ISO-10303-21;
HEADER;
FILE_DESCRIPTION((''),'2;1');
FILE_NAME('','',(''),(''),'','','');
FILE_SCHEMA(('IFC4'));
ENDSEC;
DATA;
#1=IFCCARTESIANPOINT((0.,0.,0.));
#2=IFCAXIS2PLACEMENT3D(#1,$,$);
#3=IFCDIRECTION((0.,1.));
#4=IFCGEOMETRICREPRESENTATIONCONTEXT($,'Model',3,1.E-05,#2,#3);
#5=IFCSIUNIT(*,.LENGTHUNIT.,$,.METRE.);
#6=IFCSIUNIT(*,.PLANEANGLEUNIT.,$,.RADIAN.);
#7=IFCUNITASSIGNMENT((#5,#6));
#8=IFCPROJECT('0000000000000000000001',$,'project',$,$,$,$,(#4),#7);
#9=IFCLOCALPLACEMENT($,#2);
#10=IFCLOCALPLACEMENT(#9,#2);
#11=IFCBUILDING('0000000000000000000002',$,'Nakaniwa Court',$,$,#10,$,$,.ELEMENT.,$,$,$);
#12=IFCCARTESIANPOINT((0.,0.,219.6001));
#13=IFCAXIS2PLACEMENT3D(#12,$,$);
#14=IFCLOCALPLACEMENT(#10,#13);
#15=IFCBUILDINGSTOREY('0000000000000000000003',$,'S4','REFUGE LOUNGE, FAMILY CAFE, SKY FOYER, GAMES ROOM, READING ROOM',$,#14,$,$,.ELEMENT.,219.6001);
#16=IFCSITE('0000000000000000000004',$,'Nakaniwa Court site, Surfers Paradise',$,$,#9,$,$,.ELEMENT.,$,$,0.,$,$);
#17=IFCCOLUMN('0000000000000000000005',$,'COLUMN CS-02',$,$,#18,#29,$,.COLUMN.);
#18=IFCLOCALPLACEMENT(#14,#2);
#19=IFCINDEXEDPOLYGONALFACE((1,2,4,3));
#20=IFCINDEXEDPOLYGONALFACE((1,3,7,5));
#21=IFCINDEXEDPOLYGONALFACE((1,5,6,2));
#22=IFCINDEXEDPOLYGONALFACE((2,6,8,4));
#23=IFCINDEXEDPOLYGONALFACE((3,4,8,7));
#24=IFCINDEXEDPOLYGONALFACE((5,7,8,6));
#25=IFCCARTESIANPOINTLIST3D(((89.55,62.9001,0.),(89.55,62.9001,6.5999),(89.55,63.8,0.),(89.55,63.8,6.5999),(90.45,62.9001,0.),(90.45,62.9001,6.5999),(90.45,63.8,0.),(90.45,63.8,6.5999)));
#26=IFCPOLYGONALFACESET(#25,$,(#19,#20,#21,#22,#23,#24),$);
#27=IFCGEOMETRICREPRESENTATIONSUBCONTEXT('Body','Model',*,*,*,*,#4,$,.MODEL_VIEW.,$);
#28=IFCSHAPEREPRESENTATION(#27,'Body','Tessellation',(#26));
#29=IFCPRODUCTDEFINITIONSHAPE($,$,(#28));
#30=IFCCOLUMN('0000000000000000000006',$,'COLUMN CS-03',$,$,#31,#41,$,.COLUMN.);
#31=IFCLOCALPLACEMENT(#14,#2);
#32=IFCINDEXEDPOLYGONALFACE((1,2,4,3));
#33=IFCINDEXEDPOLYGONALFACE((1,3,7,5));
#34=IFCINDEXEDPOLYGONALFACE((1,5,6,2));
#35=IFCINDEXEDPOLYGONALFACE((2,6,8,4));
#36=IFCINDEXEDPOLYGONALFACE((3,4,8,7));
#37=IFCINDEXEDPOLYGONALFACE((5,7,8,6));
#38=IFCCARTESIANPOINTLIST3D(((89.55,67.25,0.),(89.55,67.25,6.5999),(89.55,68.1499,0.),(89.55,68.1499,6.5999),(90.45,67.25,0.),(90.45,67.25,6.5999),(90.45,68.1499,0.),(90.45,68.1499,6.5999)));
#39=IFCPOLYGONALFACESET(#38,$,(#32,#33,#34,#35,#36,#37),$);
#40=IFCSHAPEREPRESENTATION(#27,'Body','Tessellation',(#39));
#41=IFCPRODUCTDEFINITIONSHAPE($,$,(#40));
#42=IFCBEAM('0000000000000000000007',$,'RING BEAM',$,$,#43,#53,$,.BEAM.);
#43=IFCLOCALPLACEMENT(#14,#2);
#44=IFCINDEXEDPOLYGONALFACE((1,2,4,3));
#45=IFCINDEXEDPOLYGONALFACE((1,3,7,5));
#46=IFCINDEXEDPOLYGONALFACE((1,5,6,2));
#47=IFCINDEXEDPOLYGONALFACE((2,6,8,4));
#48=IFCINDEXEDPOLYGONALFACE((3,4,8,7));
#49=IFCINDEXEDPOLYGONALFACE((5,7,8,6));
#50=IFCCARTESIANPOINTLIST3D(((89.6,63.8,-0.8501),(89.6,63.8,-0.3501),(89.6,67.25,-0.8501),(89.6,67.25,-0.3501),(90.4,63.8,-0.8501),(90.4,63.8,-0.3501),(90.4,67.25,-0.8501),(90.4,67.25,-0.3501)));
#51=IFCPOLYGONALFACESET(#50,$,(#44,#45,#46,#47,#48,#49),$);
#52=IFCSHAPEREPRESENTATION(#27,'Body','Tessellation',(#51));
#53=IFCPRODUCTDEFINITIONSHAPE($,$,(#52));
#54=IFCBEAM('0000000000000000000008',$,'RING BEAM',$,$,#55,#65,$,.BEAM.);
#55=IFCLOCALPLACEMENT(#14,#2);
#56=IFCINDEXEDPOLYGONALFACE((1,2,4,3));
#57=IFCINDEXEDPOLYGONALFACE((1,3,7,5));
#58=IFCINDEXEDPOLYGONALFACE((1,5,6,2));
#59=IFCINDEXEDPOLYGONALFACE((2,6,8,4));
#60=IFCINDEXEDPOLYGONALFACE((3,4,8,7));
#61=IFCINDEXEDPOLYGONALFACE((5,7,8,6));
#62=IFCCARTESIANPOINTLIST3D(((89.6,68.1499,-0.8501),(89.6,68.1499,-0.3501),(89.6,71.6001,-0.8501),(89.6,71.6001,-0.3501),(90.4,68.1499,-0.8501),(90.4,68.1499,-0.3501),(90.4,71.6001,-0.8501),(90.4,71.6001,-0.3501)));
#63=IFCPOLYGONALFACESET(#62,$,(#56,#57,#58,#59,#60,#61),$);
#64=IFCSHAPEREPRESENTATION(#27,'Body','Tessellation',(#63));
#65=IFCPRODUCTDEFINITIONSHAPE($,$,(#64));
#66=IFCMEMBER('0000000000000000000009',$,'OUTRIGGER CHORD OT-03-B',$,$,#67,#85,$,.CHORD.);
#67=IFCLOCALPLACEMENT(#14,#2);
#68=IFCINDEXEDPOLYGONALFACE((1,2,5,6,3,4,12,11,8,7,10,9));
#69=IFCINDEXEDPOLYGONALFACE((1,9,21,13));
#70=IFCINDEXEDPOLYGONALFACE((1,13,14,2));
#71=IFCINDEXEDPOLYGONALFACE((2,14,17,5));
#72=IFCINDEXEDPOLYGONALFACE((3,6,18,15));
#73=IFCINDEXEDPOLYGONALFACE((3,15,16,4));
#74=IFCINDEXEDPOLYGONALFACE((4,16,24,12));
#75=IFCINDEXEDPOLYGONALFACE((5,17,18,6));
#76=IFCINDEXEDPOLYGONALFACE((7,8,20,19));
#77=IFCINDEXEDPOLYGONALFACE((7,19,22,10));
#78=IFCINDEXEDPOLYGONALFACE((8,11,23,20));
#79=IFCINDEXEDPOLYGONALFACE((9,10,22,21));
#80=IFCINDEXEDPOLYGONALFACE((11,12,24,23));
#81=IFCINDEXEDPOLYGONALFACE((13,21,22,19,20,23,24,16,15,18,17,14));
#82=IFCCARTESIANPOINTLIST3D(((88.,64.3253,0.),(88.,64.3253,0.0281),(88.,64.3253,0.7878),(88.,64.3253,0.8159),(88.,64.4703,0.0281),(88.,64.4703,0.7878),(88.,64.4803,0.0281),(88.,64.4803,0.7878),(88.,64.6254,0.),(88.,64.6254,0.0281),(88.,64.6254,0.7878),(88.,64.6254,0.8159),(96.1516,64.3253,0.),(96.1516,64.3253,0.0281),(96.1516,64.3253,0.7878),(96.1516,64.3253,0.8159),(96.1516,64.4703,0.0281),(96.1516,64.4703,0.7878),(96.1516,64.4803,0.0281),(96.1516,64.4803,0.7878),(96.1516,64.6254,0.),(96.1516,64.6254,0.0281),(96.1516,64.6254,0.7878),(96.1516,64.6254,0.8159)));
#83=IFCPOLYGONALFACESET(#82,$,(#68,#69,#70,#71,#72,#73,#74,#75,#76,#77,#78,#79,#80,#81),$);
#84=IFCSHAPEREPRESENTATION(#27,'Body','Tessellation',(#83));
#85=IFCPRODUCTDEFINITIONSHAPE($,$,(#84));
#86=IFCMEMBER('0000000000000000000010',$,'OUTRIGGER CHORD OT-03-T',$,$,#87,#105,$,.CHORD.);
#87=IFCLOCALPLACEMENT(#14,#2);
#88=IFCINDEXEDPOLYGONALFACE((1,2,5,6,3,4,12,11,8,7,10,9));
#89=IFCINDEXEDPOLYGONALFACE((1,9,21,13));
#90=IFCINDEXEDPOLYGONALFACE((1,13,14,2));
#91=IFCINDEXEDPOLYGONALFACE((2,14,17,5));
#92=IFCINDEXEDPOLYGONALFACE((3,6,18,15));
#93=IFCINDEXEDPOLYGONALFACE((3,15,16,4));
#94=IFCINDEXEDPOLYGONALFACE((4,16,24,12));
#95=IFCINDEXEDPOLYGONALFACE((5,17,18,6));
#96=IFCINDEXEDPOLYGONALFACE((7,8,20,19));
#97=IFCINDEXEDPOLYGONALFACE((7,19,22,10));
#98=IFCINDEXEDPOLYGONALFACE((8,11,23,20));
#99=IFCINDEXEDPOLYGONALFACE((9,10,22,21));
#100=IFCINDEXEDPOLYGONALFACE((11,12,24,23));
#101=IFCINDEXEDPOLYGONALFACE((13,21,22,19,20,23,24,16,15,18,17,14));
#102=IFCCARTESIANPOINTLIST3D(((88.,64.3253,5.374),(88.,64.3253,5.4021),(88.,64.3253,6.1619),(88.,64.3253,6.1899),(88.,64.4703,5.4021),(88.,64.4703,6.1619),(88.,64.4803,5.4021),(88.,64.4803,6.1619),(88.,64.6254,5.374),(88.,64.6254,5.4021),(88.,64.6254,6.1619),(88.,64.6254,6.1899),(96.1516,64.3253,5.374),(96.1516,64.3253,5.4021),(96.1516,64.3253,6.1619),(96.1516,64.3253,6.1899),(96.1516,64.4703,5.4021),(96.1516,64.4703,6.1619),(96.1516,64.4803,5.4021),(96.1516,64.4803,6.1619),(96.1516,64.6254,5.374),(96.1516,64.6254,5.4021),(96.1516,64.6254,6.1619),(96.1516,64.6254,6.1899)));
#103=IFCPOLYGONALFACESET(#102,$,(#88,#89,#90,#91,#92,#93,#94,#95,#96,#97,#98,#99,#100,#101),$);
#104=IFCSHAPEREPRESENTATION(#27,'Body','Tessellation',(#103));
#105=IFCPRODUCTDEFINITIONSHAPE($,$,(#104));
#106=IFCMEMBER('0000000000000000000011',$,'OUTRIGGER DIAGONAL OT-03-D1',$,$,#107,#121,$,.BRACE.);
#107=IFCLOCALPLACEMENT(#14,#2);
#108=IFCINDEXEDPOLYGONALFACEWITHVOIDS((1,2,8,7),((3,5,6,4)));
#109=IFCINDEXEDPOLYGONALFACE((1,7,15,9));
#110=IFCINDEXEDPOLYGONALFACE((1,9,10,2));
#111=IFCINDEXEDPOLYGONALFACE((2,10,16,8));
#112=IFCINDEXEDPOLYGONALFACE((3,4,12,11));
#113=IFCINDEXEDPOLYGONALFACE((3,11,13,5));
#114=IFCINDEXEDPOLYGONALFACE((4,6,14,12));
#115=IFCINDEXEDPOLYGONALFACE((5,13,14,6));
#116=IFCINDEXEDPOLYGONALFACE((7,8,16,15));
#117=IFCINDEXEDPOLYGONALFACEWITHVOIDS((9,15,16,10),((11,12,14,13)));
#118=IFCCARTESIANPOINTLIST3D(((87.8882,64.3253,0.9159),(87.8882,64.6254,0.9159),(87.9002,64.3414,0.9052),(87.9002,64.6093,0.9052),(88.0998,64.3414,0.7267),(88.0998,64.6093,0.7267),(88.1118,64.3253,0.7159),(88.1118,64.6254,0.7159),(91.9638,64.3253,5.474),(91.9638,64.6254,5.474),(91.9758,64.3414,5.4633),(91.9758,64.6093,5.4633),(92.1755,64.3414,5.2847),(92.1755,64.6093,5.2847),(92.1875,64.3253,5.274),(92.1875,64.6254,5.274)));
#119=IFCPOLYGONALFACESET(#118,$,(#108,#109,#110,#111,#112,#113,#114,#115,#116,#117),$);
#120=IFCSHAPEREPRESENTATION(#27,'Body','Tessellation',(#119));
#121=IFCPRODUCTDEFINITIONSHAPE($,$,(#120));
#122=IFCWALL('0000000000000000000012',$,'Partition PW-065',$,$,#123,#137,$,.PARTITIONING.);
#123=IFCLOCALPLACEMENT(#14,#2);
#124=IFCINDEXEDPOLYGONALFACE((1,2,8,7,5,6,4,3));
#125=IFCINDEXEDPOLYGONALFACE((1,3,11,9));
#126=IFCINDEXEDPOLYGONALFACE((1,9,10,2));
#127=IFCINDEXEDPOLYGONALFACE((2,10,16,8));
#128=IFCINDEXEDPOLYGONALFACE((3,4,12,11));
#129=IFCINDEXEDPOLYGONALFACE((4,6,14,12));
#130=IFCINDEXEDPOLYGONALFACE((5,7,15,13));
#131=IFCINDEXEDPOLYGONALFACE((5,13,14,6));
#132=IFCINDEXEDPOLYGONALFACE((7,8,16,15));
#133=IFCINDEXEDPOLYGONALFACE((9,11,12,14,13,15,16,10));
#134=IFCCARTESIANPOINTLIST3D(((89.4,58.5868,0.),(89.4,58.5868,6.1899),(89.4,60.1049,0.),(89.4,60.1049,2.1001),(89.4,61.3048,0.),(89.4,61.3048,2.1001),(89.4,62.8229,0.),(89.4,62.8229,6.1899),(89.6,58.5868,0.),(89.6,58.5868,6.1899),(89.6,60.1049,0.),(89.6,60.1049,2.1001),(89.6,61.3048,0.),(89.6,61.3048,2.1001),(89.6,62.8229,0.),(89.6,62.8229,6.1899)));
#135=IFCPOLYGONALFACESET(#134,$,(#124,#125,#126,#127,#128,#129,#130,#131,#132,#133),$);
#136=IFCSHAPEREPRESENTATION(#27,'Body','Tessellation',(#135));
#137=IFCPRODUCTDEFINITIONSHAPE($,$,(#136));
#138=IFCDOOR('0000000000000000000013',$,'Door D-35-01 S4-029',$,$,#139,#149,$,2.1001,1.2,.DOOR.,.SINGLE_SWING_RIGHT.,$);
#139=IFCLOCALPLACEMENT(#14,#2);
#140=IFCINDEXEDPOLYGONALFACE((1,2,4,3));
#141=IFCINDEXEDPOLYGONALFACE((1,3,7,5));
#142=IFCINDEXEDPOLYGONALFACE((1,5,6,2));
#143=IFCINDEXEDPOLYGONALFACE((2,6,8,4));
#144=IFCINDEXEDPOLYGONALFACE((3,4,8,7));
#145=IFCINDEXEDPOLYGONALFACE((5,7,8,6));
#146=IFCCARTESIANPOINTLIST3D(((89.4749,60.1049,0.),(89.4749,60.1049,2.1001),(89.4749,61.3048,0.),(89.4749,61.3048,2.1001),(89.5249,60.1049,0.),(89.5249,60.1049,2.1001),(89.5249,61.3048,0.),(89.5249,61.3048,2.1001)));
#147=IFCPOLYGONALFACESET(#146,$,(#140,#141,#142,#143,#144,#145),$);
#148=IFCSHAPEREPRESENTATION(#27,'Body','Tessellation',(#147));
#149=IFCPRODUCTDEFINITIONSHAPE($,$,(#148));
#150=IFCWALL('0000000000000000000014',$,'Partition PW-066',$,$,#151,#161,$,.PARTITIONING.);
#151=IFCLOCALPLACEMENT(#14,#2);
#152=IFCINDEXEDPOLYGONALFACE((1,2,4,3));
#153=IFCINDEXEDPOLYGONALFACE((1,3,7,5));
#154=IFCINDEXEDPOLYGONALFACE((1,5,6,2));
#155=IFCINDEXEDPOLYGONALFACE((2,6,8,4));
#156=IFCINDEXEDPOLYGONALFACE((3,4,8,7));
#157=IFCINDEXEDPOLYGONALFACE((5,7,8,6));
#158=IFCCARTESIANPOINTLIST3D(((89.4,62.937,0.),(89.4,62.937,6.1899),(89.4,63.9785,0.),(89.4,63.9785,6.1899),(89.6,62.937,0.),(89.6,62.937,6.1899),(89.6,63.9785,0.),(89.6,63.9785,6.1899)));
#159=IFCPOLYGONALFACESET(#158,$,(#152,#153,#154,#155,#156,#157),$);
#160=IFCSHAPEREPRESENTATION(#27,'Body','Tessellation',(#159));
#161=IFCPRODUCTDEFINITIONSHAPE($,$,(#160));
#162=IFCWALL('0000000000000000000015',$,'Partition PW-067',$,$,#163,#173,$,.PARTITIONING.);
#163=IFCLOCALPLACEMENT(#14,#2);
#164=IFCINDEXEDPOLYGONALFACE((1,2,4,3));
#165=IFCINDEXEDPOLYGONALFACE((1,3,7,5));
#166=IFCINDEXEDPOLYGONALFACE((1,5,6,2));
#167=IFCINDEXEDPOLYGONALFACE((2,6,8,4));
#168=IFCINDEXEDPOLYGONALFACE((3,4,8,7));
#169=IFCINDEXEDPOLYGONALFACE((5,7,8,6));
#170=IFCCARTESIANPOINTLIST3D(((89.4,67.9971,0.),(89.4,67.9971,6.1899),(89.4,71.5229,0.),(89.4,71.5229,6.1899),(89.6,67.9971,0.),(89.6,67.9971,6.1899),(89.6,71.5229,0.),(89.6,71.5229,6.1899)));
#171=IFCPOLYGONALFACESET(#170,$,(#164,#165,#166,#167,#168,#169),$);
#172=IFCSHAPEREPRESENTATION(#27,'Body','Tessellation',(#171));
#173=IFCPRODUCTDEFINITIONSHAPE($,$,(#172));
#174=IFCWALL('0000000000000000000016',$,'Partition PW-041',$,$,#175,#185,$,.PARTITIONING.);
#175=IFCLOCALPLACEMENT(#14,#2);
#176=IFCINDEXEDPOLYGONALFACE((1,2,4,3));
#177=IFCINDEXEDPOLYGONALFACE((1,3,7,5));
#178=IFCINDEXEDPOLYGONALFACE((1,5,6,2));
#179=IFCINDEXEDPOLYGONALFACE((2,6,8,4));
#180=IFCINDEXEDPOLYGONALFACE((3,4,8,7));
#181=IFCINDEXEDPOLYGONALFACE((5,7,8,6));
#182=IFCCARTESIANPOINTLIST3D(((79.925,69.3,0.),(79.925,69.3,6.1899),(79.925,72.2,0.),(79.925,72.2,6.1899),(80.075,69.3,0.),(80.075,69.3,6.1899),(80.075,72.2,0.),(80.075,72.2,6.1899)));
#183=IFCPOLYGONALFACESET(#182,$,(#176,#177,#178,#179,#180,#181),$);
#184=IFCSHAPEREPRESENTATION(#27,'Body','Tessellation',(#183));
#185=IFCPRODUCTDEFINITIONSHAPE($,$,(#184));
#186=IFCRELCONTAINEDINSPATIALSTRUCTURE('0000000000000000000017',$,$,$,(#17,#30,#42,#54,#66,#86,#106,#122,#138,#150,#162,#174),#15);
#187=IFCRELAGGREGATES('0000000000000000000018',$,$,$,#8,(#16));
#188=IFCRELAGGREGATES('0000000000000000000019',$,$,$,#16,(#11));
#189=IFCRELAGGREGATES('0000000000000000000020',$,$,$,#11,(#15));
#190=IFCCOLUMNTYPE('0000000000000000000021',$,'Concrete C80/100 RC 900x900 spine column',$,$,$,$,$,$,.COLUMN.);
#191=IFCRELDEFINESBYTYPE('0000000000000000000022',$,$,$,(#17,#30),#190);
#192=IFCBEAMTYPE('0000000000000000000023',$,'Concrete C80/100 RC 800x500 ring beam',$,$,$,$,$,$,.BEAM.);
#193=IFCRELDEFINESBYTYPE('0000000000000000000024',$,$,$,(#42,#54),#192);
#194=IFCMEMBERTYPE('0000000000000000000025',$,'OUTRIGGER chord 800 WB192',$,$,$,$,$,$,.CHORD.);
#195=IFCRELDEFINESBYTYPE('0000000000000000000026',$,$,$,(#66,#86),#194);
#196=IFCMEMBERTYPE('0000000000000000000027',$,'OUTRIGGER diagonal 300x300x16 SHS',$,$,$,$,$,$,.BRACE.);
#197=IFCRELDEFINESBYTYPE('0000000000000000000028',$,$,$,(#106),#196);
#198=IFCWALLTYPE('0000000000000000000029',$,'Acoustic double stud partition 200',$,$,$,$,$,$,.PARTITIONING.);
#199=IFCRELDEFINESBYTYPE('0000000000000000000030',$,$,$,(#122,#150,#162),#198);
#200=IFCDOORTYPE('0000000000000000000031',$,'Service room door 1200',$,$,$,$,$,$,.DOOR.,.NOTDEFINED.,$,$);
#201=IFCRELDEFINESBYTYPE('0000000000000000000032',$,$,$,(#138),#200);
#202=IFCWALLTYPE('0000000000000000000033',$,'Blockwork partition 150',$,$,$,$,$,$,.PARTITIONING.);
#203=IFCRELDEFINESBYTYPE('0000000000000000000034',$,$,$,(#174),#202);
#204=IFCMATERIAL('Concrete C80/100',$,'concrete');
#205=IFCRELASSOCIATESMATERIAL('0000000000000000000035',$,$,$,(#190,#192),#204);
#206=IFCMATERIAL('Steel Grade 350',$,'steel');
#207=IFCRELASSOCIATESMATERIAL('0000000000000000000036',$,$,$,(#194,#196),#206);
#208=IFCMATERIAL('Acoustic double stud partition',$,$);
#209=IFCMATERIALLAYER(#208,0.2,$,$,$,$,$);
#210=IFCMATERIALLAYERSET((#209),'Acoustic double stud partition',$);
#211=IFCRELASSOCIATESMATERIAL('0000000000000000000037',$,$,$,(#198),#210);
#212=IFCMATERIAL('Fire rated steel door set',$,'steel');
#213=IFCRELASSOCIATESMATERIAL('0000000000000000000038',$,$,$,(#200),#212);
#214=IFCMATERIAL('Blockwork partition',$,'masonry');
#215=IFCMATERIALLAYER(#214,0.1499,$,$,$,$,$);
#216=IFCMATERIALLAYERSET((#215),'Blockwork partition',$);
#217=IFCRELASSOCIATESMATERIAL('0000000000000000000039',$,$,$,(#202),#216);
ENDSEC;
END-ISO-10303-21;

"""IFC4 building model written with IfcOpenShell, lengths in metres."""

from ifc_helpers import new_model, si_unit, direction, frame, frame_2d, origin, origin_2d, place, context, subcontext, project, spatial, rectangle, hollow_rectangle, i_section, extrude, material, layer, layer_set, material_profile, profile_set, type_object, element, fill, save


model = new_model("IFC4")

# Units and contexts
model_context = context("Model", 3, precision=1e-05, world=origin(), true_north=direction((0.0, 1.0)))
body_context = subcontext(model_context, "Body", "Model", "MODEL_VIEW")
ifc_project = project(units=[si_unit("LENGTHUNIT", "METRE"), si_unit("PLANEANGLEUNIT", "RADIAN")], contexts=[model_context])

# Site, building, storey
site_placement = place(None, origin())
site = spatial("IfcSite", under=ifc_project, at=site_placement, Name="Nakaniwa Court site, Surfers Paradise", CompositionType="ELEMENT", RefElevation=0.0)
building_placement = place(site_placement, origin())
building = spatial("IfcBuilding", under=site, at=building_placement, Name="Nakaniwa Court", CompositionType="ELEMENT")
storey_placement = place(building_placement, frame((0.0, 0.0, 219.6001)))
storey = spatial("IfcBuildingStorey", under=building, at=storey_placement, Name="S4", Description="REFUGE LOUNGE, FAMILY CAFE, SKY FOYER, GAMES ROOM, READING ROOM", CompositionType="ELEMENT", Elevation=219.6001)

# Columns
ifc_material_1 = material(Name="Concrete C80/100", Category="concrete")
ifc_material_profile_1 = material_profile(ifc_material_1, rectangle(XDim=0.8999, YDim=0.8999, at=origin_2d()), Name="Concrete C80/100 RC 900x900 spine column")
ifc_profile_set_1 = profile_set([ifc_material_profile_1], Name="Concrete C80/100")
column_type = type_object("IfcColumnType", Name="Concrete C80/100 RC 900x900 spine column", PredefinedType="COLUMN", material=ifc_profile_set_1)
for number, where, z_axis, x_axis, name in (
    (1, (90.0, 63.3501, 0.0), (0.0, 0.0, 1.0), (0.0, 1.0, 0.0), "COLUMN CS-02"),
    (2, (90.0, 67.7, 0.0), (0.0, 0.0, 1.0), (0.0, 1.0, 0.0), "COLUMN CS-03"),
):
    element("IfcColumn", number, at=place(storey_placement, frame(where, z_axis=z_axis, x_axis=x_axis)), inside=storey, type_object=column_type, Name=name, PredefinedType="COLUMN", context=body_context, shape_type="SweptSolid", body=[
        extrude(rectangle(XDim=0.8999, YDim=0.8999, at=origin_2d()), origin(), (0.0, 0.0, 1.0), 6.5999),
    ])

# Beams
ifc_material_profile_2 = material_profile(ifc_material_1, rectangle(XDim=0.8, YDim=0.5, at=origin_2d()), Name="Concrete C80/100 RC 800x500 ring beam")
ifc_profile_set_2 = profile_set([ifc_material_profile_2], Name="Concrete C80/100")
beam_type = type_object("IfcBeamType", Name="Concrete C80/100 RC 800x500 ring beam", PredefinedType="BEAM", material=ifc_profile_set_2)
beam_1_placement = place(storey_placement, frame((90.0, 63.8, -0.6001), z_axis=(0.0, 1.0, 0.0), x_axis=(-1.0, 0.0, 0.0)))
element("IfcBeam", 3, at=beam_1_placement, inside=storey, type_object=beam_type, Name="RING BEAM", PredefinedType="BEAM", context=body_context, shape_type="SweptSolid", body=[
    extrude(rectangle(XDim=0.8, YDim=0.5, at=origin_2d()), origin(), (0.0, 0.0, 1.0), 3.45),
])
beam_2_placement = place(storey_placement, frame((90.0, 68.1499, -0.6001), z_axis=(0.0, 1.0, 0.0), x_axis=(-1.0, 0.0, 0.0)))
element("IfcBeam", 4, at=beam_2_placement, inside=storey, type_object=beam_type, Name="RING BEAM", PredefinedType="BEAM", context=body_context, shape_type="SweptSolid", body=[
    extrude(rectangle(XDim=0.8, YDim=0.5, at=origin_2d()), origin(), (0.0, 0.0, 1.0), 3.4502),
])

# Members
ifc_material_2 = material(Name="Steel Grade 350", Category="steel")
ifc_material_profile_3 = material_profile(ifc_material_2, i_section(OverallWidth=0.3, OverallDepth=0.8159, WebThickness=0.01, FlangeThickness=0.0281, at=origin_2d()), Name="800WB192")
ifc_profile_set_3 = profile_set([ifc_material_profile_3], Name="Steel Grade 350")
member_type_1 = type_object("IfcMemberType", Name="OUTRIGGER chord 800 WB192", PredefinedType="CHORD", material=ifc_profile_set_3)
for number, where, z_axis, x_axis, name in (
    (5, (88.0, 64.4753, 0.408), (1.0, 0.0, 0.0), (0.0, 1.0, 0.0), "OUTRIGGER CHORD OT-03-B"),
    (6, (88.0, 64.4753, 5.782), (1.0, 0.0, 0.0), (0.0, 1.0, 0.0), "OUTRIGGER CHORD OT-03-T"),
):
    element("IfcMember", number, at=place(storey_placement, frame(where, z_axis=z_axis, x_axis=x_axis)), inside=storey, type_object=member_type_1, Name=name, PredefinedType="CHORD", context=body_context, shape_type="SweptSolid", body=[
        extrude(i_section(OverallWidth=0.3, OverallDepth=0.8159, WebThickness=0.01, FlangeThickness=0.0281, at=origin_2d()), origin(), (0.0, 0.0, 1.0), 8.1516),
    ])
ifc_material_profile_4 = material_profile(ifc_material_2, hollow_rectangle(XDim=0.3, YDim=0.3, WallThickness=0.0161, at=origin_2d()), Name="OUTRIGGER diagonal 300x300x16 SHS")
ifc_profile_set_4 = profile_set([ifc_material_profile_4], Name="Steel Grade 350")
member_type_2 = type_object("IfcMemberType", Name="OUTRIGGER diagonal 300x300x16 SHS", PredefinedType="BRACE", material=ifc_profile_set_4)
member_placement = place(storey_placement, frame((88.0, 64.4753, 0.8159), z_axis=(0.666557, 0.0, 0.745454), x_axis=(0.0, 1.0, 0.0)))
element("IfcMember", 7, at=member_placement, inside=storey, type_object=member_type_2, Name="OUTRIGGER DIAGONAL OT-03-D1", PredefinedType="BRACE", context=body_context, shape_type="SweptSolid", body=[
    extrude(hollow_rectangle(XDim=0.3, YDim=0.3, WallThickness=0.0161, at=origin_2d()), origin(), (0.0, 0.0, 1.0), 6.1145),
])

# Wall, opening, door
ifc_material_3 = material(Name="Acoustic double stud partition")
ifc_layer_1 = layer(ifc_material_3, 0.2)
ifc_layer_set_1 = layer_set([ifc_layer_1], Name="Acoustic double stud partition")
wall_type_1 = type_object("IfcWallType", Name="Acoustic double stud partition 200", PredefinedType="PARTITIONING", material=ifc_layer_set_1)
wall_1_placement = place(storey_placement, frame((89.5, 62.823, 0.0), z_axis=(0.0, 0.0, 1.0), x_axis=(0.0, -1.0, 0.0)))
wall_1 = element("IfcWall", 8, at=wall_1_placement, inside=storey, type_object=wall_type_1, Name="Partition PW-065", PredefinedType="PARTITIONING", context=body_context, shape_type="SweptSolid", body=[
    extrude(rectangle(XDim=4.2361, YDim=0.2, at=frame_2d((2.1182, 0.0))), origin(), (0.0, 0.0, 1.0), 6.1899),
])
opening_1_placement = place(wall_1_placement, frame((1.5181, 0.0, 0.0)))
opening_1 = element("IfcOpeningElement", 9, at=opening_1_placement, cuts=wall_1, PredefinedType="OPENING", context=body_context, shape_type="SweptSolid", body=[
    extrude(rectangle(XDim=1.2, YDim=2.1001, at=frame_2d((0.6001, 1.05))), frame((0.0, 0.1099, 0.0), z_axis=(0.0, -1.0, 0.0), x_axis=(1.0, 0.0, 0.0)), (0.0, 0.0, 1.0), 0.22),
])
ifc_material_4 = material(Name="Fire rated steel door set", Category="steel")
door_type_1 = type_object("IfcDoorType", Name="Service room door 1200", OperationType="NOTDEFINED", PredefinedType="DOOR", material=ifc_material_4)
door_1_placement = place(opening_1_placement, origin())
door_1 = element("IfcDoor", 10, at=door_1_placement, inside=storey, type_object=door_type_1, Name="Door D-35-01 S4-029", OperationType="SINGLE_SWING_RIGHT", OverallHeight=2.1001, OverallWidth=1.2, PredefinedType="DOOR", context=body_context, shape_type="SweptSolid", body=[
    extrude(rectangle(XDim=1.2, YDim=2.1001, at=frame_2d((0.6001, 1.05))), frame((0.0, 0.0249, 0.0), z_axis=(0.0, -1.0, 0.0), x_axis=(1.0, 0.0, 0.0)), (0.0, 0.0, 1.0), 0.05),
])
fill(opening_1, door_1)

# Walls
wall_2_placement = place(storey_placement, frame((89.5, 62.937, 0.0), z_axis=(0.0, 0.0, 1.0), x_axis=(0.0, 1.0, 0.0)))
element("IfcWall", 11, at=wall_2_placement, inside=storey, type_object=wall_type_1, Name="Partition PW-066", PredefinedType="PARTITIONING", context=body_context, shape_type="SweptSolid", body=[
    extrude(rectangle(XDim=1.0415, YDim=0.2, at=frame_2d((0.5208, 0.0))), origin(), (0.0, 0.0, 1.0), 6.1899),
])
wall_3_placement = place(storey_placement, frame((89.5, 67.9971, 0.0), z_axis=(0.0, 0.0, 1.0), x_axis=(0.0, 1.0, 0.0)))
element("IfcWall", 12, at=wall_3_placement, inside=storey, type_object=wall_type_1, Name="Partition PW-067", PredefinedType="PARTITIONING", context=body_context, shape_type="SweptSolid", body=[
    extrude(rectangle(XDim=3.5259, YDim=0.2, at=frame_2d((1.7629, 0.0))), origin(), (0.0, 0.0, 1.0), 6.1899),
])
ifc_material_5 = material(Name="Blockwork partition", Category="masonry")
ifc_layer_2 = layer(ifc_material_5, 0.1499)
ifc_layer_set_2 = layer_set([ifc_layer_2], Name="Blockwork partition")
wall_type_2 = type_object("IfcWallType", Name="Blockwork partition 150", PredefinedType="PARTITIONING", material=ifc_layer_set_2)
wall_4_placement = place(storey_placement, frame((80.0, 69.3, 0.0), z_axis=(0.0, 0.0, 1.0), x_axis=(0.0, 1.0, 0.0)))
element("IfcWall", 13, at=wall_4_placement, inside=storey, type_object=wall_type_2, Name="Partition PW-041", PredefinedType="PARTITIONING", context=body_context, shape_type="SweptSolid", body=[
    extrude(rectangle(XDim=2.8999, YDim=0.1499, at=frame_2d((1.45, 0.0))), origin(), (0.0, 0.0, 1.0), 6.1899),
])

save(model, "model.ifc")
